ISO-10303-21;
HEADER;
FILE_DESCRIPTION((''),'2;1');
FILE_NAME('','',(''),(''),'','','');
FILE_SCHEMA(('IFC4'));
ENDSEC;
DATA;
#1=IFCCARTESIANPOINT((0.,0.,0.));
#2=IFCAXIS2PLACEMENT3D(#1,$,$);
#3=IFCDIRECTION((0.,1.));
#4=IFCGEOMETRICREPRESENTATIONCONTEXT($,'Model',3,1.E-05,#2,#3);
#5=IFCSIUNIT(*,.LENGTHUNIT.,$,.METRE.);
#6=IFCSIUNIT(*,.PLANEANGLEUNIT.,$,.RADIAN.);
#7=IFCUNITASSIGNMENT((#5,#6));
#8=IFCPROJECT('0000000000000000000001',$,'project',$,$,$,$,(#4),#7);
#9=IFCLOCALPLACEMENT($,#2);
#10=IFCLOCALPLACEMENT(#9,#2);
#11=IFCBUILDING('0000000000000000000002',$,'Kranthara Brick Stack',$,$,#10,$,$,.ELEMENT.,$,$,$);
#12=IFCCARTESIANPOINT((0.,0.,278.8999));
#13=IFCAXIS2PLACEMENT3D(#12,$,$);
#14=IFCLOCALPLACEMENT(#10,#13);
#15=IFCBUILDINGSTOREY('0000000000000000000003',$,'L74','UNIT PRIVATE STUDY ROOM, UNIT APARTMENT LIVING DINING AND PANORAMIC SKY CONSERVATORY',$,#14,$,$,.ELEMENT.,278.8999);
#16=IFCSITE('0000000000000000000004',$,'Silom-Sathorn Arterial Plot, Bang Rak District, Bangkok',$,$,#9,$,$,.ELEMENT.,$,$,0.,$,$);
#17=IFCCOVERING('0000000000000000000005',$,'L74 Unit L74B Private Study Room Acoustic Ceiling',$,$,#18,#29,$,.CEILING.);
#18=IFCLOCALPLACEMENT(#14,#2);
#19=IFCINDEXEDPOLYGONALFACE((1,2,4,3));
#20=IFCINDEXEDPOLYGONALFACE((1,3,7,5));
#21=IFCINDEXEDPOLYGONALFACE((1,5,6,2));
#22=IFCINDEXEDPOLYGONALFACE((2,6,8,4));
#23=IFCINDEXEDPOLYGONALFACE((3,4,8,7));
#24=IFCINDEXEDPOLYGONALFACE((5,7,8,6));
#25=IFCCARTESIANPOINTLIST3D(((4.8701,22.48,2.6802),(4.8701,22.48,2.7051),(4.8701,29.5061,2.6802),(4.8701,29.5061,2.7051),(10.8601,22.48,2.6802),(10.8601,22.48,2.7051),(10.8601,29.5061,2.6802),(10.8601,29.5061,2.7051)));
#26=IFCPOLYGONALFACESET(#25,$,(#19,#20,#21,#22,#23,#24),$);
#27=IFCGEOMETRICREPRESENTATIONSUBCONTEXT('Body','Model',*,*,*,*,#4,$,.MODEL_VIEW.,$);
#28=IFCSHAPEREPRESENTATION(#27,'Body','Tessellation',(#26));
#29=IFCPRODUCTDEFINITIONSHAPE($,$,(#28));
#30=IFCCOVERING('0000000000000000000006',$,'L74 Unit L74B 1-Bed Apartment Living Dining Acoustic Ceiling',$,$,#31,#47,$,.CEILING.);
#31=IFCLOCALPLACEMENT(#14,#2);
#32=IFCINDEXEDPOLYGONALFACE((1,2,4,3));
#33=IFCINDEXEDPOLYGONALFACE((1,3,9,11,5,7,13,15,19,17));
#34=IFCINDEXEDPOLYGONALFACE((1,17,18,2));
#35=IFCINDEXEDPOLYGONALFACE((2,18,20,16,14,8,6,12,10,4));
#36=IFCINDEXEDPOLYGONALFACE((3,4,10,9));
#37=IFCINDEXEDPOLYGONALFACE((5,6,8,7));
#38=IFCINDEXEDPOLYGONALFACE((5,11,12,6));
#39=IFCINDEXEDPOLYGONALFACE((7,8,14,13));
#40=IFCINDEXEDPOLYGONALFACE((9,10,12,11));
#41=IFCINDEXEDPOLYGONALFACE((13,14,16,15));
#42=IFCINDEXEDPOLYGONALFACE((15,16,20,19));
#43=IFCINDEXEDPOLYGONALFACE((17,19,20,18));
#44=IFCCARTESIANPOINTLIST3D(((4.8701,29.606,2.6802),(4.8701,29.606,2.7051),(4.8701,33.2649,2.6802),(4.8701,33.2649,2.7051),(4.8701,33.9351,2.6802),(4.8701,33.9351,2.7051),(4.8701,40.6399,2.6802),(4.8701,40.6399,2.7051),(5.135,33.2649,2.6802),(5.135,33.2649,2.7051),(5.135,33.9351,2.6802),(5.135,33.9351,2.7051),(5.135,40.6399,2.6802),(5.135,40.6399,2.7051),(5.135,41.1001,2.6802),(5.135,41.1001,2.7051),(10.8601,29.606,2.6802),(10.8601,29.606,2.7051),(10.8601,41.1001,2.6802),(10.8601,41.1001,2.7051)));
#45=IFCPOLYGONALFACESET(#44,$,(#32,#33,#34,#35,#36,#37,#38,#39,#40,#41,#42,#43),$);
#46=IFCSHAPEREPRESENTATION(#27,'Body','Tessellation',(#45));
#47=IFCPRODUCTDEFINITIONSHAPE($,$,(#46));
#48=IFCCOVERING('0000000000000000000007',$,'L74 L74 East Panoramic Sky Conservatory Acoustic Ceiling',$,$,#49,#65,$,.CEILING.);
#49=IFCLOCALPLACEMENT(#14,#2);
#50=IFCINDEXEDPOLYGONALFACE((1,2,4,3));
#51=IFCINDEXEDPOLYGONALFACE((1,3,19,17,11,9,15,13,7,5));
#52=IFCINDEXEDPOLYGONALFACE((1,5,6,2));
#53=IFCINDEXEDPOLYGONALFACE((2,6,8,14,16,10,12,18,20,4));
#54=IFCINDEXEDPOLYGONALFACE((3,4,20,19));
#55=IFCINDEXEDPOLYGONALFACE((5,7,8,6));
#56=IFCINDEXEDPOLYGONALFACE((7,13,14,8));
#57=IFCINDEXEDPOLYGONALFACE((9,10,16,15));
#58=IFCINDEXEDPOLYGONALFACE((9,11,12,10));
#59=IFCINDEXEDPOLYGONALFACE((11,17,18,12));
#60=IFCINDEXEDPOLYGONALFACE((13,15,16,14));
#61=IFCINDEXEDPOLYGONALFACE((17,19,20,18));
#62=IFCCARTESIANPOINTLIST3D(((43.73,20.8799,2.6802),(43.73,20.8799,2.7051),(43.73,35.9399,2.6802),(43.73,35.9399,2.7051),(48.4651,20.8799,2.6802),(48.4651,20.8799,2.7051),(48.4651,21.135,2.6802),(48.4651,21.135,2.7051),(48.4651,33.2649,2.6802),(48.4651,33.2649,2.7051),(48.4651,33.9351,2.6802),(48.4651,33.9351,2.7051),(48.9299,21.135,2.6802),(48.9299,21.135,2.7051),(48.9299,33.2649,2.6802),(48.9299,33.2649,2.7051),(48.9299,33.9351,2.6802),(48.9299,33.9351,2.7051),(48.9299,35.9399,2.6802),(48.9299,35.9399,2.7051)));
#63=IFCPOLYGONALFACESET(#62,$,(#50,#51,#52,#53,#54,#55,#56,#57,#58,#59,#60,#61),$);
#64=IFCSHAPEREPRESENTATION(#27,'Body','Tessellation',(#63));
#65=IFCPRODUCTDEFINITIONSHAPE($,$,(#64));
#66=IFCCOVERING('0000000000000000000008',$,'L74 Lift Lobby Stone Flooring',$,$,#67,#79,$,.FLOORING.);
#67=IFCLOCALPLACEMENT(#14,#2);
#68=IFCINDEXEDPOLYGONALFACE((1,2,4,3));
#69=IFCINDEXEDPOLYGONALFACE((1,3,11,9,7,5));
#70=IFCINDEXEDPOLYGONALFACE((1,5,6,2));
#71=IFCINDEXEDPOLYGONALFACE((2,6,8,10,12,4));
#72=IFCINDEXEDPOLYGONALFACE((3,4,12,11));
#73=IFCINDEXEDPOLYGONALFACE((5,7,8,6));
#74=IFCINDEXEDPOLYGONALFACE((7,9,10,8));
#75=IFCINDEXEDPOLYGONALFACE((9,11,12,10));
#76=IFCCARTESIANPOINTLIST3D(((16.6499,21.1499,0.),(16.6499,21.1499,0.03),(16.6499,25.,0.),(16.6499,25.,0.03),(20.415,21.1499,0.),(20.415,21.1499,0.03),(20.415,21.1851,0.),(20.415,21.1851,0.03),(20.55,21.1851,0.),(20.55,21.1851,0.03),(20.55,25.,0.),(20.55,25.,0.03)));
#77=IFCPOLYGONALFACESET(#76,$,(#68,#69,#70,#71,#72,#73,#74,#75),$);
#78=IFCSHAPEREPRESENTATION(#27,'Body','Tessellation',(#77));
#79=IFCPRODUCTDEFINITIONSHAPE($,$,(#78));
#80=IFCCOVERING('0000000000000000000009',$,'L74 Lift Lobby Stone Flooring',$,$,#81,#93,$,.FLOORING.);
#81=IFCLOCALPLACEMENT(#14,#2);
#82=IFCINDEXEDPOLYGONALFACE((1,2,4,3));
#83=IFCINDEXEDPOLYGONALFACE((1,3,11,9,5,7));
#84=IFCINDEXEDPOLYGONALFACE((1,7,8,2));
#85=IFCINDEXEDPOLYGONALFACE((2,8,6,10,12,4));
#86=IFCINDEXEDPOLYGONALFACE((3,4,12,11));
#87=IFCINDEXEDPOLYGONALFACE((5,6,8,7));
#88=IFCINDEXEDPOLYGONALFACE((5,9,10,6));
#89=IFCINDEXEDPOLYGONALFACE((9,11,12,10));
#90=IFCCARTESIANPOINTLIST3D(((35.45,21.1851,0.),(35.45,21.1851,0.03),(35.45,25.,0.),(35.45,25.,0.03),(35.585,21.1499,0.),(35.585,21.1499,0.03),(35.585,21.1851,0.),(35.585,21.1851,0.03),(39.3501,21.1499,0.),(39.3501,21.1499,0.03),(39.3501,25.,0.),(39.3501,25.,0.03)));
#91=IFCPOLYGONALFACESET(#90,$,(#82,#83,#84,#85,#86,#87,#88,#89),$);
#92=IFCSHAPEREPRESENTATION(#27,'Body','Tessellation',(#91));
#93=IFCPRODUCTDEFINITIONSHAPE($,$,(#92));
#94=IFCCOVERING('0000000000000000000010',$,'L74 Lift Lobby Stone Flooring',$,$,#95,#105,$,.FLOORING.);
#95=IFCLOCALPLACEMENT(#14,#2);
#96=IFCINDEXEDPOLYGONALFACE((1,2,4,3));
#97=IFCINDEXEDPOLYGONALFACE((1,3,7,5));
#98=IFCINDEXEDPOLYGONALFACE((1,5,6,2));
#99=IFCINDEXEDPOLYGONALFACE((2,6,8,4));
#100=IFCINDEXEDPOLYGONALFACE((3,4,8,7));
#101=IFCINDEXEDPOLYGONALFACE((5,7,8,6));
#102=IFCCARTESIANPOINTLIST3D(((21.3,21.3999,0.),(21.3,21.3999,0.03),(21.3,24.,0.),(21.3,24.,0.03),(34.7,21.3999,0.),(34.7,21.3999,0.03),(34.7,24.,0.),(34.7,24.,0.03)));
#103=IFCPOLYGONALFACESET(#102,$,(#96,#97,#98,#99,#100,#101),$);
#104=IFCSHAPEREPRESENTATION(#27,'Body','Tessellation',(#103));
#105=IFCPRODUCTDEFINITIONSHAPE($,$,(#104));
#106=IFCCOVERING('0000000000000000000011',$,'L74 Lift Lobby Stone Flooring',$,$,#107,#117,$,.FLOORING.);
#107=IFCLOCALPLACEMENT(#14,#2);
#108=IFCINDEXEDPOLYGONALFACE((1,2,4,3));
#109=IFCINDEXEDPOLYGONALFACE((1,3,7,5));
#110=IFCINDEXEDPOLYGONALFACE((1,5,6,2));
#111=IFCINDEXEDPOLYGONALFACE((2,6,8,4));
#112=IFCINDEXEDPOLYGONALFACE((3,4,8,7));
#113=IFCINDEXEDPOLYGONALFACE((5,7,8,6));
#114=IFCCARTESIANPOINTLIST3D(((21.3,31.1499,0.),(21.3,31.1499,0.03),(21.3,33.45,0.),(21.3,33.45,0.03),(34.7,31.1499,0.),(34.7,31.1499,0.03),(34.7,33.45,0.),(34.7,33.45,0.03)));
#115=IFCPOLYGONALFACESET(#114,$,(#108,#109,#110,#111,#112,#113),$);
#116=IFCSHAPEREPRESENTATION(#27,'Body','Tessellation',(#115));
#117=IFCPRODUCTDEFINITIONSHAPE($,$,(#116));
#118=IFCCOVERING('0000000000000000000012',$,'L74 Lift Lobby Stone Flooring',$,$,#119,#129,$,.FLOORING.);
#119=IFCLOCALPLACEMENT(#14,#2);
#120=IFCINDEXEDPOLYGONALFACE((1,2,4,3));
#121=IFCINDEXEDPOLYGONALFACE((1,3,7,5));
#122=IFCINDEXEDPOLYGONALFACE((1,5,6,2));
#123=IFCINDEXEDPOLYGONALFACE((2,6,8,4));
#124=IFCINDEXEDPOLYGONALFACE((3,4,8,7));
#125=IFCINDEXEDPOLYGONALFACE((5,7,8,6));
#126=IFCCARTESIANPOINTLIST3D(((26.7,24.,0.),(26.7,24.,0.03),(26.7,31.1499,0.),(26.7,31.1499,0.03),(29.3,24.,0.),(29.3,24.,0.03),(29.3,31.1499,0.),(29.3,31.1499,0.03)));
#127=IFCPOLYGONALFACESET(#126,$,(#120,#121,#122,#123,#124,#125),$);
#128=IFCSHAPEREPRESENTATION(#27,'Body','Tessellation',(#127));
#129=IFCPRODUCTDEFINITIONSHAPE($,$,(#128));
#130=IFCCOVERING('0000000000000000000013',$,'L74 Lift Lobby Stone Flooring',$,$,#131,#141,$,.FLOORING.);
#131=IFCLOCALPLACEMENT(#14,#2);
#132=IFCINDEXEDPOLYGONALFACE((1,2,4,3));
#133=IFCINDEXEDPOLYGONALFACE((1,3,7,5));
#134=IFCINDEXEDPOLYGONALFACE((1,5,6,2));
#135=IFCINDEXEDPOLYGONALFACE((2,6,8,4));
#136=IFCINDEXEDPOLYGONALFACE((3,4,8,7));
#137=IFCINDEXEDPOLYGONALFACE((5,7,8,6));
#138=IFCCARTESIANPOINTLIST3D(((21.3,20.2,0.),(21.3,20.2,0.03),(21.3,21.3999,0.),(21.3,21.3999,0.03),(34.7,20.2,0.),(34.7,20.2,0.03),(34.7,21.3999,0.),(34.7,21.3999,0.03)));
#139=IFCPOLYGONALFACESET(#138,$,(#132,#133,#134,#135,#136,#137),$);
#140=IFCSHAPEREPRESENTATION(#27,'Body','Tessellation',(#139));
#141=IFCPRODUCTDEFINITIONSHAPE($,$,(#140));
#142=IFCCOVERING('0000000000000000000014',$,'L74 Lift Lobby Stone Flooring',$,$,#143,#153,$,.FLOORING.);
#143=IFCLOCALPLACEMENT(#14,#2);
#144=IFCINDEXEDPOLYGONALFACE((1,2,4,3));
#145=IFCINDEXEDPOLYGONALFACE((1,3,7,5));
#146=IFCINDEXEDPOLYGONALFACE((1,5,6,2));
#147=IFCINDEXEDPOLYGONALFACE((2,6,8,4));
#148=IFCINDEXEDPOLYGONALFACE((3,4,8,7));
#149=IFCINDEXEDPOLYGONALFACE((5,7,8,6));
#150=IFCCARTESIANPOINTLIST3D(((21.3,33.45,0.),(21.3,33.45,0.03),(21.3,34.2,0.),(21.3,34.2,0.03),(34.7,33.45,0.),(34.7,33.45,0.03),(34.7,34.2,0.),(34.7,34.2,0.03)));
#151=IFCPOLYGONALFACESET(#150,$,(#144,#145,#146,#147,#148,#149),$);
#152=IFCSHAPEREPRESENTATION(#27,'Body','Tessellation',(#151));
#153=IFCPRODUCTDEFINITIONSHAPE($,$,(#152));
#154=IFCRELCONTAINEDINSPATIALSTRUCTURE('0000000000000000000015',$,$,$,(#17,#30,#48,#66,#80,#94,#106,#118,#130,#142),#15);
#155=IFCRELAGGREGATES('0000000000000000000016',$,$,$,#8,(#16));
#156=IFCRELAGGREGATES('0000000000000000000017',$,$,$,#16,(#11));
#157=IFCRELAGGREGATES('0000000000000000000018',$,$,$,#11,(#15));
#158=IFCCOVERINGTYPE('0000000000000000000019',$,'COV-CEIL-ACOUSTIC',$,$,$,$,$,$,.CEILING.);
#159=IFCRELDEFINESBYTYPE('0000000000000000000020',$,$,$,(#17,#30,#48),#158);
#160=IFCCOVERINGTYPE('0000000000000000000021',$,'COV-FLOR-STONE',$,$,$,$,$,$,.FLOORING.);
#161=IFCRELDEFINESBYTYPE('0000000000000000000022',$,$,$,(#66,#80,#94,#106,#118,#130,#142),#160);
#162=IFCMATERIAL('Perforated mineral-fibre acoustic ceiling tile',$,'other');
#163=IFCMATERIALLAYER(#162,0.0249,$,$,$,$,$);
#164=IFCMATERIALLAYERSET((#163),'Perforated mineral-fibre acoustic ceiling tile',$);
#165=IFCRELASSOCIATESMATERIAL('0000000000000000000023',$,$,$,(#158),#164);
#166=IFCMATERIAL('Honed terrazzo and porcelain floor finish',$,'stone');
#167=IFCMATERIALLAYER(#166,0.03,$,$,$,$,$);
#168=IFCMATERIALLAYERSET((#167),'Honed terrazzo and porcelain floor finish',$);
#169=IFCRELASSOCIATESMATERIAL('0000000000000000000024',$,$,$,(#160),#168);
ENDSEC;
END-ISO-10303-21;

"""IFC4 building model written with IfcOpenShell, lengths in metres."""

from ifc_helpers import new_model, si_unit, direction, frame, origin, place, context, subcontext, project, spatial, polyline, outline, extrude, material, layer, layer_set, type_object, element, save


model = new_model("IFC4")

# Units and contexts
model_context = context("Model", 3, precision=1e-05, world=origin(), true_north=direction((0.0, 1.0)))
body_context = subcontext(model_context, "Body", "Model", "MODEL_VIEW")
ifc_project = project(units=[si_unit("LENGTHUNIT", "METRE"), si_unit("PLANEANGLEUNIT", "RADIAN")], contexts=[model_context])

# Site, building, storey
site_placement = place(None, origin())
site = spatial("IfcSite", under=ifc_project, at=site_placement, Name="Silom-Sathorn Arterial Plot, Bang Rak District, Bangkok", CompositionType="ELEMENT", RefElevation=0.0)
building_placement = place(site_placement, origin())
building = spatial("IfcBuilding", under=site, at=building_placement, Name="Kranthara Brick Stack", CompositionType="ELEMENT")
storey_placement = place(building_placement, frame((0.0, 0.0, 278.8999)))
storey = spatial("IfcBuildingStorey", under=building, at=storey_placement, Name="L74", Description="UNIT PRIVATE STUDY ROOM, UNIT APARTMENT LIVING DINING AND PANORAMIC SKY CONSERVATORY", CompositionType="ELEMENT", Elevation=278.8999)

# Coverings
ifc_material_1 = material(Name="Perforated mineral-fibre acoustic ceiling tile", Category="other")
ifc_layer_1 = layer(ifc_material_1, 0.0249)
ifc_layer_set_1 = layer_set([ifc_layer_1], Name="Perforated mineral-fibre acoustic ceiling tile")
covering_type_1 = type_object("IfcCoveringType", Name="COV-CEIL-ACOUSTIC", PredefinedType="CEILING", material=ifc_layer_set_1)
covering_1_placement = place(storey_placement, frame((0.0, 0.0, 2.6802)))
element("IfcCovering", 1, at=covering_1_placement, inside=storey, type_object=covering_type_1, Name="L74 Unit L74B Private Study Room Acoustic Ceiling", PredefinedType="CEILING", context=body_context, shape_type="SweptSolid", body=[
    extrude(outline(polyline([(10.8601, 22.48), (10.8601, 29.5061), (4.8701, 29.5061), (4.8701, 22.48), (10.8601, 22.48)])), origin(), (0.0, 0.0, 1.0), 0.0249),
])
covering_2_placement = place(storey_placement, frame((0.0, 0.0, 2.6802)))
element("IfcCovering", 2, at=covering_2_placement, inside=storey, type_object=covering_type_1, Name="L74 Unit L74B 1-Bed Apartment Living Dining Acoustic Ceiling", PredefinedType="CEILING", context=body_context, shape_type="SweptSolid", body=[
    extrude(outline(polyline([(10.8601, 41.1001), (10.8601, 29.606), (4.8701, 29.606), (4.8701, 33.2649), (5.135, 33.2649), (5.135, 33.9351), (4.8701, 33.9351), (4.8701, 40.6399), (5.135, 40.6399), (5.135, 41.1001), (10.8601, 41.1001)])), origin(), (0.0, 0.0, 1.0), 0.0249),
])
covering_3_placement = place(storey_placement, frame((0.0, 0.0, 2.6802)))
element("IfcCovering", 3, at=covering_3_placement, inside=storey, type_object=covering_type_1, Name="L74 L74 East Panoramic Sky Conservatory Acoustic Ceiling", PredefinedType="CEILING", context=body_context, shape_type="SweptSolid", body=[
    extrude(outline(polyline([(43.73, 35.9399), (48.9299, 35.9399), (48.9299, 33.9351), (48.4651, 33.9351), (48.4651, 33.2649), (48.9299, 33.2649), (48.9299, 21.135), (48.4651, 21.135), (48.4651, 20.8799), (43.73, 20.8799), (43.73, 35.9399)])), origin(), (0.0, 0.0, 1.0), 0.0249),
])
ifc_material_2 = material(Name="Honed terrazzo and porcelain floor finish", Category="stone")
ifc_layer_2 = layer(ifc_material_2, 0.03)
ifc_layer_set_2 = layer_set([ifc_layer_2], Name="Honed terrazzo and porcelain floor finish")
covering_type_2 = type_object("IfcCoveringType", Name="COV-FLOR-STONE", PredefinedType="FLOORING", material=ifc_layer_set_2)
covering_4_placement = place(storey_placement, origin())
element("IfcCovering", 4, at=covering_4_placement, inside=storey, type_object=covering_type_2, Name="L74 Lift Lobby Stone Flooring", PredefinedType="FLOORING", context=body_context, shape_type="SweptSolid", body=[
    extrude(outline(polyline([(16.6499, 21.1499), (16.6499, 25.0), (20.55, 25.0), (20.55, 21.1851), (20.415, 21.1851), (20.415, 21.1499), (16.6499, 21.1499)])), origin(), (0.0, 0.0, 1.0), 0.03),
])
covering_5_placement = place(storey_placement, origin())
element("IfcCovering", 5, at=covering_5_placement, inside=storey, type_object=covering_type_2, Name="L74 Lift Lobby Stone Flooring", PredefinedType="FLOORING", context=body_context, shape_type="SweptSolid", body=[
    extrude(outline(polyline([(35.45, 25.0), (39.3501, 25.0), (39.3501, 21.1499), (35.585, 21.1499), (35.585, 21.1851), (35.45, 21.1851), (35.45, 25.0)])), origin(), (0.0, 0.0, 1.0), 0.03),
])
covering_6_placement = place(storey_placement, origin())
element("IfcCovering", 6, at=covering_6_placement, inside=storey, type_object=covering_type_2, Name="L74 Lift Lobby Stone Flooring", PredefinedType="FLOORING", context=body_context, shape_type="SweptSolid", body=[
    extrude(outline(polyline([(34.7, 21.3999), (34.7, 24.0), (21.3, 24.0), (21.3, 21.3999), (34.7, 21.3999)])), origin(), (0.0, 0.0, 1.0), 0.03),
])
covering_7_placement = place(storey_placement, origin())
element("IfcCovering", 7, at=covering_7_placement, inside=storey, type_object=covering_type_2, Name="L74 Lift Lobby Stone Flooring", PredefinedType="FLOORING", context=body_context, shape_type="SweptSolid", body=[
    extrude(outline(polyline([(34.7, 31.1499), (34.7, 33.45), (21.3, 33.45), (21.3, 31.1499), (34.7, 31.1499)])), origin(), (0.0, 0.0, 1.0), 0.03),
])
covering_8_placement = place(storey_placement, origin())
element("IfcCovering", 8, at=covering_8_placement, inside=storey, type_object=covering_type_2, Name="L74 Lift Lobby Stone Flooring", PredefinedType="FLOORING", context=body_context, shape_type="SweptSolid", body=[
    extrude(outline(polyline([(29.3, 24.0), (26.7, 24.0), (26.7, 31.1499), (29.3, 31.1499), (29.3, 24.0)])), origin(), (0.0, 0.0, 1.0), 0.03),
])
covering_9_placement = place(storey_placement, origin())
element("IfcCovering", 9, at=covering_9_placement, inside=storey, type_object=covering_type_2, Name="L74 Lift Lobby Stone Flooring", PredefinedType="FLOORING", context=body_context, shape_type="SweptSolid", body=[
    extrude(outline(polyline([(34.7, 20.2), (21.3, 20.2), (21.3, 21.3999), (34.7, 21.3999), (34.7, 20.2)])), origin(), (0.0, 0.0, 1.0), 0.03),
])
covering_10_placement = place(storey_placement, origin())
element("IfcCovering", 10, at=covering_10_placement, inside=storey, type_object=covering_type_2, Name="L74 Lift Lobby Stone Flooring", PredefinedType="FLOORING", context=body_context, shape_type="SweptSolid", body=[
    extrude(outline(polyline([(34.7, 33.45), (21.3, 33.45), (21.3, 34.2), (34.7, 34.2), (34.7, 33.45)])), origin(), (0.0, 0.0, 1.0), 0.03),
])

save(model, "model.ifc")
